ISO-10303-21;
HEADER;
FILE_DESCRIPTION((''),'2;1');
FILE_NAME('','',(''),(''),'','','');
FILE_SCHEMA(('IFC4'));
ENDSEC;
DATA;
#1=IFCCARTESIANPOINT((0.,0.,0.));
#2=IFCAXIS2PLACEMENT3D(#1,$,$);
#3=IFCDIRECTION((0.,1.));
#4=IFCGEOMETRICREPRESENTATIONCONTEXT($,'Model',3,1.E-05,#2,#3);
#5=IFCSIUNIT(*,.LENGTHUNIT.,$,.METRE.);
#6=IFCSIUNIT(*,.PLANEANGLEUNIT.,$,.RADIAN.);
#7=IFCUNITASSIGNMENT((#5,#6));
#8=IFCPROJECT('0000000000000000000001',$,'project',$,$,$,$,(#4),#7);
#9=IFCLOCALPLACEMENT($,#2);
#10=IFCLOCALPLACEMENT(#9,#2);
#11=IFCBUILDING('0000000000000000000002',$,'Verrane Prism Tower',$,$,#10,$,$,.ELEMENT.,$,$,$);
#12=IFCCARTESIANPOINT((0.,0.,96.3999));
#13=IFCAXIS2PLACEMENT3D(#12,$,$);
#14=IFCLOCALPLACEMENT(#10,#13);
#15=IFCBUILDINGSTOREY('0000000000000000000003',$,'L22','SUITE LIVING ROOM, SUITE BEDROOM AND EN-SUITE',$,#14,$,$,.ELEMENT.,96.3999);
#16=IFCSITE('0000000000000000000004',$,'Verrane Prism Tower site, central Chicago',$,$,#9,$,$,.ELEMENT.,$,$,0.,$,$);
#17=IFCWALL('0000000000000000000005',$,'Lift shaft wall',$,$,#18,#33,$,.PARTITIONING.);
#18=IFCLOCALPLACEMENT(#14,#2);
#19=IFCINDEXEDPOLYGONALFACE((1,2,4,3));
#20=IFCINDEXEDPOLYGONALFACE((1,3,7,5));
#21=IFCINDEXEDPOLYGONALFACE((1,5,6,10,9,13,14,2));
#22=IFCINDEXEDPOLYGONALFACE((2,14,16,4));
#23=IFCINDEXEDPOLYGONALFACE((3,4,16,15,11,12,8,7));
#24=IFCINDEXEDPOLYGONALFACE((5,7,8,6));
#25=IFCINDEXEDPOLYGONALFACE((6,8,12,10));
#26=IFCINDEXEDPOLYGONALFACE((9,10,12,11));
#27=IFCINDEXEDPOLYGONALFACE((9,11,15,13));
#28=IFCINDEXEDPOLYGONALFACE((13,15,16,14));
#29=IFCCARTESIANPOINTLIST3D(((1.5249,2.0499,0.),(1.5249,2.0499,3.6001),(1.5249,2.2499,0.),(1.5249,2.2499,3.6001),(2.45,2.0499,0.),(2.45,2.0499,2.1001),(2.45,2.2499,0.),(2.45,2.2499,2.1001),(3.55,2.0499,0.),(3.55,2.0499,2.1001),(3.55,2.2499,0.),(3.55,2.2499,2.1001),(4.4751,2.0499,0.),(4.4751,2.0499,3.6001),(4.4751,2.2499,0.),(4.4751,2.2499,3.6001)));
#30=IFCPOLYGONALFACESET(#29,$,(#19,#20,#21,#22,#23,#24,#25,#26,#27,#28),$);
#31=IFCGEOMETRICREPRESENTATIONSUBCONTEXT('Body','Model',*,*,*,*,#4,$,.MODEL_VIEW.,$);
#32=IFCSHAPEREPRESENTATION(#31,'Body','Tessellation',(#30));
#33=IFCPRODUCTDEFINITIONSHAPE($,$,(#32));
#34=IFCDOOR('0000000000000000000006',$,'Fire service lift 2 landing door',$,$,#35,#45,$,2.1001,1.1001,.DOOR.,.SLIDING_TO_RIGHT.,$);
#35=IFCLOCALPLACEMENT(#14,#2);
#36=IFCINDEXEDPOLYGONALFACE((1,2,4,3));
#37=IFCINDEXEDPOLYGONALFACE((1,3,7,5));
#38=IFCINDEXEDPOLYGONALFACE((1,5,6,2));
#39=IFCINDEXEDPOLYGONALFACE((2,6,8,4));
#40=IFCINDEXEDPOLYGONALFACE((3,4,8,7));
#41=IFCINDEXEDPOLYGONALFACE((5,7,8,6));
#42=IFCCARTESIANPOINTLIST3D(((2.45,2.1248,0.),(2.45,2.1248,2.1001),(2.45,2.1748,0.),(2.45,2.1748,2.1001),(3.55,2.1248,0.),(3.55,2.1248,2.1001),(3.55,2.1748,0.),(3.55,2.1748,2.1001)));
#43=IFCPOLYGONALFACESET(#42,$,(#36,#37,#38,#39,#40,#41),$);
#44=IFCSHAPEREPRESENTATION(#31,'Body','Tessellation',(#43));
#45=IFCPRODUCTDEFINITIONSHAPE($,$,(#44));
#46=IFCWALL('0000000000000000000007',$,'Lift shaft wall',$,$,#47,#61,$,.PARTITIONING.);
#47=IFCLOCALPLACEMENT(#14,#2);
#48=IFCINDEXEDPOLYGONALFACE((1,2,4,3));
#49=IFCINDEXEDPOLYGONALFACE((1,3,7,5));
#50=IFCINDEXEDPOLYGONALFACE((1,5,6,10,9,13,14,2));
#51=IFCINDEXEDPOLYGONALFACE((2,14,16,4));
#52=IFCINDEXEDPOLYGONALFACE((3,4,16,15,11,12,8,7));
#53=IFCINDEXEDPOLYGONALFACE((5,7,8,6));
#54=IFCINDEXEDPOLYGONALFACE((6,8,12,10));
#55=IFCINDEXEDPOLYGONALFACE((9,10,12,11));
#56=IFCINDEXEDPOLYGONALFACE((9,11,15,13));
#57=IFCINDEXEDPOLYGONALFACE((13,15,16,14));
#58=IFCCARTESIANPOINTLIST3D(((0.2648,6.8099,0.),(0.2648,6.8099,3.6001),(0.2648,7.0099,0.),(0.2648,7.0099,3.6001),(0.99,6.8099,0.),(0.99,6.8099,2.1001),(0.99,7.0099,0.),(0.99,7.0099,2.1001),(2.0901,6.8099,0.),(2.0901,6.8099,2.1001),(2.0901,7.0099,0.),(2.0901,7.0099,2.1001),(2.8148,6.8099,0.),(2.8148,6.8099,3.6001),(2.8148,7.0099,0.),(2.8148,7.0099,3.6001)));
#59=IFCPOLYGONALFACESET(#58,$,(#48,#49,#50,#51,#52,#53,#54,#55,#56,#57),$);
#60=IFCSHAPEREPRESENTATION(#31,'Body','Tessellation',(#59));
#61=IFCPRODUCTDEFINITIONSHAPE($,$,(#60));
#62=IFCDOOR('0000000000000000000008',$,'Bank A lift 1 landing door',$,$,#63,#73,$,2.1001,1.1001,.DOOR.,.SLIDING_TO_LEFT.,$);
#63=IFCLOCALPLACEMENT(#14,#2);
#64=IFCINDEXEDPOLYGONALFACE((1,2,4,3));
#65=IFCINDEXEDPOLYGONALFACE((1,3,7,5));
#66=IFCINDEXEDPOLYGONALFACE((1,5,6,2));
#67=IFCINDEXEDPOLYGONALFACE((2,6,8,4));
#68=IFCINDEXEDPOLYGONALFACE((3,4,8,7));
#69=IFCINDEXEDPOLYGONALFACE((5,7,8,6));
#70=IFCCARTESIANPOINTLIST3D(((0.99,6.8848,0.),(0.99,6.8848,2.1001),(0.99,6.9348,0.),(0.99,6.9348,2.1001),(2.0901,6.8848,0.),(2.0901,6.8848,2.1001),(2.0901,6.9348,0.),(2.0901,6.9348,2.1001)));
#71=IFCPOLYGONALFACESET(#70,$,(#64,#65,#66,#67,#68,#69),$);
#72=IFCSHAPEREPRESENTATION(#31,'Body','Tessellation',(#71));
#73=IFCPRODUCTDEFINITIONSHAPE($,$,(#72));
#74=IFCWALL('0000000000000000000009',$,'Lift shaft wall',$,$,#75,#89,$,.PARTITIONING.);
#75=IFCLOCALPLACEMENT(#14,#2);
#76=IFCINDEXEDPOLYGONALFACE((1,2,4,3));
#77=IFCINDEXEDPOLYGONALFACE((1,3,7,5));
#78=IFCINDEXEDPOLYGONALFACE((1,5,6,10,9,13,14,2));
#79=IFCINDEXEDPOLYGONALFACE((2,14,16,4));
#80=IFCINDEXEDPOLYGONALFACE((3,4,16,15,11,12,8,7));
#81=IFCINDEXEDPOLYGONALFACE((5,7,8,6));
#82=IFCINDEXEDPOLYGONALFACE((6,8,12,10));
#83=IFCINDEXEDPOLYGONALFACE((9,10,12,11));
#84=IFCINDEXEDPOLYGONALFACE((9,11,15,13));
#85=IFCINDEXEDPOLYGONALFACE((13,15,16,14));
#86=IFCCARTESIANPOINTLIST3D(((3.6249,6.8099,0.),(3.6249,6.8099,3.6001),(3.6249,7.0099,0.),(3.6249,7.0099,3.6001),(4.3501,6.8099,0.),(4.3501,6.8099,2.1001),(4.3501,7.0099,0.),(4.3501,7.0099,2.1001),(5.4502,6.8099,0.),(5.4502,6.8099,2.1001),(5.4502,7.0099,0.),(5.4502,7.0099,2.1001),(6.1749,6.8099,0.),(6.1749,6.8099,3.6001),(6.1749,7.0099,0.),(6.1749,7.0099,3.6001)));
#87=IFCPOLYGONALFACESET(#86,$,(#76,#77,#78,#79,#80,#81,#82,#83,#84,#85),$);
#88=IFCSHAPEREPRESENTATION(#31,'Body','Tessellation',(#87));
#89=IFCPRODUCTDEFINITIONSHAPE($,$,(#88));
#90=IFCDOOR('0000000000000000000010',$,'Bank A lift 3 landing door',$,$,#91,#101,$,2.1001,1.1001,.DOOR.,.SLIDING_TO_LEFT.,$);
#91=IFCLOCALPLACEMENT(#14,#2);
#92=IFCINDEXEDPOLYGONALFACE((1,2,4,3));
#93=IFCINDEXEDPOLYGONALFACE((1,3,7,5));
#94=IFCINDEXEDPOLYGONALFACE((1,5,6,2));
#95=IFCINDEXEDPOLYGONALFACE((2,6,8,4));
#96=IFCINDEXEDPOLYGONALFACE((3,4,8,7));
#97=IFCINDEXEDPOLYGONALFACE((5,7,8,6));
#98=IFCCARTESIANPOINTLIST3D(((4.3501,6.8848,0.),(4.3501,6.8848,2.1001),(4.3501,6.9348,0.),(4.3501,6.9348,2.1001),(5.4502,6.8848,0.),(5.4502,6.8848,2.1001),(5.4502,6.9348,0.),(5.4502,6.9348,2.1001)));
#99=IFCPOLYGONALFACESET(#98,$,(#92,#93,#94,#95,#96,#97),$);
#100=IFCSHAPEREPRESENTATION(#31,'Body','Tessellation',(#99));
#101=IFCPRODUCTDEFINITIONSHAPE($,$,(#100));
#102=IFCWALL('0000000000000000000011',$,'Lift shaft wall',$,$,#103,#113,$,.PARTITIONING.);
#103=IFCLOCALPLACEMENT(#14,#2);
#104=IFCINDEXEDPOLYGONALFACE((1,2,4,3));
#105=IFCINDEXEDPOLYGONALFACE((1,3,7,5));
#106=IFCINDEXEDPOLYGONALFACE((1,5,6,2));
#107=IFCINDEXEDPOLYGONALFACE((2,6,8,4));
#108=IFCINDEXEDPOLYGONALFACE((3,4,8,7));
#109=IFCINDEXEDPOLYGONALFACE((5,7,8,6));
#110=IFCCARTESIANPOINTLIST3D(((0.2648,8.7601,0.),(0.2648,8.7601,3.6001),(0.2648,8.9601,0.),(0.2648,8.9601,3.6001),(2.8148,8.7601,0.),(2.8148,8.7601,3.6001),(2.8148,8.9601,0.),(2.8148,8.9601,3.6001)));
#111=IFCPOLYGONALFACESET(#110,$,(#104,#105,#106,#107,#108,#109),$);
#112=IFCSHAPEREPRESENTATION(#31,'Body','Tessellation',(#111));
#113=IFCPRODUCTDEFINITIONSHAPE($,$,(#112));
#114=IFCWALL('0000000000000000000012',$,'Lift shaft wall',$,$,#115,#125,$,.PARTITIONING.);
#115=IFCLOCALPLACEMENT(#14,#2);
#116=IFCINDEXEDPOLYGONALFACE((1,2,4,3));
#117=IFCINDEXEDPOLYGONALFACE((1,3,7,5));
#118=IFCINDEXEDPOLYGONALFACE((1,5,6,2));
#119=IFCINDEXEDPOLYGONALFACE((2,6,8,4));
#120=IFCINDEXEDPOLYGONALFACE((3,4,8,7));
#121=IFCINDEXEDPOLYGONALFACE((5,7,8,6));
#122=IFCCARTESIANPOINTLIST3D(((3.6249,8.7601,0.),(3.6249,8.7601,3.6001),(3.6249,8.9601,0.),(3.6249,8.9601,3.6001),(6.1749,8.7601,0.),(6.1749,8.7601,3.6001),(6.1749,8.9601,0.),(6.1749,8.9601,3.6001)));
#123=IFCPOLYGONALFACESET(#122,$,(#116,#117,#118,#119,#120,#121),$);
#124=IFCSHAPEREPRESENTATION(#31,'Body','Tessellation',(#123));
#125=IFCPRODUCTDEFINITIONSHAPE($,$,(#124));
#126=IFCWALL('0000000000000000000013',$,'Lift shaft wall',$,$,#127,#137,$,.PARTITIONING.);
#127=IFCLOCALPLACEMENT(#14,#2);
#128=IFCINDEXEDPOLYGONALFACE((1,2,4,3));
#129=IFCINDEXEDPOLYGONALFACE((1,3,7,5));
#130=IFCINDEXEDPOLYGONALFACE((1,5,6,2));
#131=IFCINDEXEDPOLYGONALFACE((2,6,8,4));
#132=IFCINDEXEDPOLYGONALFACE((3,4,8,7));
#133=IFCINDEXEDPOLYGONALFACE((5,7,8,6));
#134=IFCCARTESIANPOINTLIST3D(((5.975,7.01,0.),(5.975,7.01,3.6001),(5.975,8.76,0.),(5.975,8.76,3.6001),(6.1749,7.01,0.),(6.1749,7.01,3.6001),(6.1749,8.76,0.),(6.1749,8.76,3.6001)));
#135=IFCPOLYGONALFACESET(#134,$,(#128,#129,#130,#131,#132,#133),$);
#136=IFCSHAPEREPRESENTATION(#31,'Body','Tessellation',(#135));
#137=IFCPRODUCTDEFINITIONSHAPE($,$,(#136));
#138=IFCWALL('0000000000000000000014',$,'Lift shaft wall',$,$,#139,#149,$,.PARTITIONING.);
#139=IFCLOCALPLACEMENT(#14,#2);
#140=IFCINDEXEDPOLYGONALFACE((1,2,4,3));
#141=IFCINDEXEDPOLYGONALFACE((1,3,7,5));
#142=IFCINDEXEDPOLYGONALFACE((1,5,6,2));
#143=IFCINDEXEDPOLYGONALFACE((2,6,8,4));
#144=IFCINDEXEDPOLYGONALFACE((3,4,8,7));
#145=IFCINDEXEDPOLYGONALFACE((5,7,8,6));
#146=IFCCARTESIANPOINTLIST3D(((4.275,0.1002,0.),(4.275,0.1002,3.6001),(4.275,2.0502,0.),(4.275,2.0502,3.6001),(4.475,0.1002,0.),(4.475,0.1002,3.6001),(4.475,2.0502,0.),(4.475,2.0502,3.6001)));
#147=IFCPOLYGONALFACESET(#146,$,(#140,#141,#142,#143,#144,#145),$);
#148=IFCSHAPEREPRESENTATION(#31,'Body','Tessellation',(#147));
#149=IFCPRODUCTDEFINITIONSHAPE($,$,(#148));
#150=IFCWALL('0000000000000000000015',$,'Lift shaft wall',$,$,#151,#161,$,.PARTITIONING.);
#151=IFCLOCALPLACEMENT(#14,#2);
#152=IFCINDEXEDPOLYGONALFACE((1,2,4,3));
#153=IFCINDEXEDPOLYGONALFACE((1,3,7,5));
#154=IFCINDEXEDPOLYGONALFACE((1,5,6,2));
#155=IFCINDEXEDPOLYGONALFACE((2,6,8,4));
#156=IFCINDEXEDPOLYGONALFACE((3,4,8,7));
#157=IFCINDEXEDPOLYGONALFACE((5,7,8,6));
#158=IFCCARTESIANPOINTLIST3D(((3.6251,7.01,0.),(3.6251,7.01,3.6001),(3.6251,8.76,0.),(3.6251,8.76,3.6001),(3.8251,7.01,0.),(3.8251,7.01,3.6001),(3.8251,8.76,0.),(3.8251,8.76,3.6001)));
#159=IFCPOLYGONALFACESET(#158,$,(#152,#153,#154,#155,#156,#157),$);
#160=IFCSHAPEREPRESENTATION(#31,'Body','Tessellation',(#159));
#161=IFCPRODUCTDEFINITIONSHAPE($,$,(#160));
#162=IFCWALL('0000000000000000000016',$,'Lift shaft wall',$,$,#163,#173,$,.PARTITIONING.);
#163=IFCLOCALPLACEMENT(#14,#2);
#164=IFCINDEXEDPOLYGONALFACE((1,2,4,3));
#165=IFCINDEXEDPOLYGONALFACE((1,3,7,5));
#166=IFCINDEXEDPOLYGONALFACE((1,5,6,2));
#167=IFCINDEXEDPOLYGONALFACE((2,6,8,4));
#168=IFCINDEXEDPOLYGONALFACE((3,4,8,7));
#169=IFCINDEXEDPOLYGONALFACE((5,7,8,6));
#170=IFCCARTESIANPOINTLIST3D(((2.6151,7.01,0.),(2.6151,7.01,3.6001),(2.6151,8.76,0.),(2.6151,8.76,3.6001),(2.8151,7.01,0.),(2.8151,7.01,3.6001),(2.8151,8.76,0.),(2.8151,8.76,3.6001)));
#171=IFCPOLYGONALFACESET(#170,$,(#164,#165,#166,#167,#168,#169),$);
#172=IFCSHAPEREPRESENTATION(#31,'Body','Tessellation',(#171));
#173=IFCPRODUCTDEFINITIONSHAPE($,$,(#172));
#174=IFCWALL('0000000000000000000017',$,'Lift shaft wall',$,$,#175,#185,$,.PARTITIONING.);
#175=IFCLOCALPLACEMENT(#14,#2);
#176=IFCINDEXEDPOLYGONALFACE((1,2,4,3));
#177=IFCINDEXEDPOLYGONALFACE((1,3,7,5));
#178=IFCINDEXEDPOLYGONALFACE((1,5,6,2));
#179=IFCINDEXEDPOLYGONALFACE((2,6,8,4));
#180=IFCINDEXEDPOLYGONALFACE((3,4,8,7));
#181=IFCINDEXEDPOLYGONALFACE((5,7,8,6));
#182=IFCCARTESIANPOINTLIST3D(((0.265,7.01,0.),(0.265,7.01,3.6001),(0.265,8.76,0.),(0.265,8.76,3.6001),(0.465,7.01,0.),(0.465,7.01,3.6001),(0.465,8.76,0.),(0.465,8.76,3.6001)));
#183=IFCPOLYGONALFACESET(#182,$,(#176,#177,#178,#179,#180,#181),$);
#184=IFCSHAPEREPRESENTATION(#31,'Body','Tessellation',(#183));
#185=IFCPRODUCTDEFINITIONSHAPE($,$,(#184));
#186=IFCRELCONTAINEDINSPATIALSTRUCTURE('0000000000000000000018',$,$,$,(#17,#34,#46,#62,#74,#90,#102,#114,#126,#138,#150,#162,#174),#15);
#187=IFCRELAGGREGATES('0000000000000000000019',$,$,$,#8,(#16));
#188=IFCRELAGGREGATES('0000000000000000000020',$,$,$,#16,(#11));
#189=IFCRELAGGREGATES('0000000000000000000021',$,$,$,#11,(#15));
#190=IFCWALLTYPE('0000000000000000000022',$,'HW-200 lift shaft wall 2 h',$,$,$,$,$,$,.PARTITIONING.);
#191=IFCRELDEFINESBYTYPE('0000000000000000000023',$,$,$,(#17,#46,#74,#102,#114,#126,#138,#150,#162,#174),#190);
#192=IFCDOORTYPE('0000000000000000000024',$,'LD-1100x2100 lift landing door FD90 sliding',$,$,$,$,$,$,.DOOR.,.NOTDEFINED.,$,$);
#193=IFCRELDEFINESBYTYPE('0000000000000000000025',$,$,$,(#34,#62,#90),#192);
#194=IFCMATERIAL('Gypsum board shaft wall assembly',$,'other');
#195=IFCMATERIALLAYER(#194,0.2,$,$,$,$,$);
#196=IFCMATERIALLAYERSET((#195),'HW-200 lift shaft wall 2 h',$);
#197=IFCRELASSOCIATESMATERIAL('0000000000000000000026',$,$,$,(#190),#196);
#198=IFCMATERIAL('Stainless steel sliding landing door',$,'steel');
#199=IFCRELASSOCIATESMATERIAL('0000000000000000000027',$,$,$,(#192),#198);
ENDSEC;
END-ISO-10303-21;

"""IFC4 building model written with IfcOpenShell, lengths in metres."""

from ifc_helpers import new_model, si_unit, direction, frame, frame_2d, origin, place, context, subcontext, project, spatial, rectangle, extrude, material, layer, layer_set, type_object, element, fill, save


model = new_model("IFC4")

# Units and contexts
model_context = context("Model", 3, precision=1e-05, world=origin(), true_north=direction((0.0, 1.0)))
body_context = subcontext(model_context, "Body", "Model", "MODEL_VIEW")
ifc_project = project(units=[si_unit("LENGTHUNIT", "METRE"), si_unit("PLANEANGLEUNIT", "RADIAN")], contexts=[model_context])

# Site, building, storey
site_placement = place(None, origin())
site = spatial("IfcSite", under=ifc_project, at=site_placement, Name="Verrane Prism Tower site, central Chicago", CompositionType="ELEMENT", RefElevation=0.0)
building_placement = place(site_placement, origin())
building = spatial("IfcBuilding", under=site, at=building_placement, Name="Verrane Prism Tower", CompositionType="ELEMENT")
storey_placement = place(building_placement, frame((0.0, 0.0, 96.3999)))
storey = spatial("IfcBuildingStorey", under=building, at=storey_placement, Name="L22", Description="SUITE LIVING ROOM, SUITE BEDROOM AND EN-SUITE", CompositionType="ELEMENT", Elevation=96.3999)

# Walls, openings, doors
ifc_material_1 = material(Name="Gypsum board shaft wall assembly", Category="other")
ifc_layer_1 = layer(ifc_material_1, 0.2)
ifc_layer_set_1 = layer_set([ifc_layer_1], Name="HW-200 lift shaft wall 2 h")
wall_type_1 = type_object("IfcWallType", Name="HW-200 lift shaft wall 2 h", PredefinedType="PARTITIONING", material=ifc_layer_set_1)
wall_1_placement = place(storey_placement, frame((1.5249, 2.1499, 0.0), z_axis=(0.0, 0.0, 1.0), x_axis=(1.0, 0.0, 0.0)))
wall_1 = element("IfcWall", 1, at=wall_1_placement, inside=storey, type_object=wall_type_1, Name="Lift shaft wall", PredefinedType="PARTITIONING", context=body_context, shape_type="SweptSolid", body=[
    extrude(rectangle(XDim=2.9502, YDim=0.2, at=frame_2d((1.4751, 0.0))), origin(), (0.0, 0.0, 1.0), 3.6001),
])
opening_1_placement = place(wall_1_placement, frame((0.925, 0.0, 0.0)))
opening_1 = element("IfcOpeningElement", 2, at=opening_1_placement, cuts=wall_1, PredefinedType="OPENING", context=body_context, shape_type="SweptSolid", body=[
    extrude(rectangle(XDim=1.1001, YDim=2.1001, at=frame_2d((0.55, 1.05))), frame((0.0, 0.1099, 0.0), z_axis=(0.0, -1.0, 0.0), x_axis=(1.0, 0.0, 0.0)), (0.0, 0.0, 1.0), 0.22),
])
ifc_material_2 = material(Name="Stainless steel sliding landing door", Category="steel")
door_type_1 = type_object("IfcDoorType", Name="LD-1100x2100 lift landing door FD90 sliding", OperationType="NOTDEFINED", PredefinedType="DOOR", material=ifc_material_2)
door_1_placement = place(opening_1_placement, origin())
door_1 = element("IfcDoor", 3, at=door_1_placement, inside=storey, type_object=door_type_1, Name="Fire service lift 2 landing door", OperationType="SLIDING_TO_RIGHT", OverallHeight=2.1001, OverallWidth=1.1001, PredefinedType="DOOR", context=body_context, shape_type="SweptSolid", body=[
    extrude(rectangle(XDim=1.1001, YDim=2.1001, at=frame_2d((0.55, 1.05))), frame((0.0, 0.0249, 0.0), z_axis=(0.0, -1.0, 0.0), x_axis=(1.0, 0.0, 0.0)), (0.0, 0.0, 1.0), 0.05),
])
fill(opening_1, door_1)
wall_2_placement = place(storey_placement, frame((0.2649, 6.9099, 0.0), z_axis=(0.0, 0.0, 1.0), x_axis=(1.0, 0.0, 0.0)))
wall_2 = element("IfcWall", 4, at=wall_2_placement, inside=storey, type_object=wall_type_1, Name="Lift shaft wall", PredefinedType="PARTITIONING", context=body_context, shape_type="SweptSolid", body=[
    extrude(rectangle(XDim=2.55, YDim=0.2, at=frame_2d((1.2749, 0.0))), origin(), (0.0, 0.0, 1.0), 3.6001),
])
opening_2_placement = place(wall_2_placement, frame((0.7251, 0.0, 0.0)))
opening_2 = element("IfcOpeningElement", 5, at=opening_2_placement, cuts=wall_2, PredefinedType="OPENING", context=body_context, shape_type="SweptSolid", body=[
    extrude(rectangle(XDim=1.1001, YDim=2.1001, at=frame_2d((0.55, 1.05))), frame((0.0, 0.1099, 0.0), z_axis=(0.0, -1.0, 0.0), x_axis=(1.0, 0.0, 0.0)), (0.0, 0.0, 1.0), 0.22),
])
door_2_placement = place(opening_2_placement, origin())
door_2 = element("IfcDoor", 6, at=door_2_placement, inside=storey, type_object=door_type_1, Name="Bank A lift 1 landing door", OperationType="SLIDING_TO_LEFT", OverallHeight=2.1001, OverallWidth=1.1001, PredefinedType="DOOR", context=body_context, shape_type="SweptSolid", body=[
    extrude(rectangle(XDim=1.1001, YDim=2.1001, at=frame_2d((0.55, 1.05))), frame((0.0, 0.0249, 0.0), z_axis=(0.0, -1.0, 0.0), x_axis=(1.0, 0.0, 0.0)), (0.0, 0.0, 1.0), 0.05),
])
fill(opening_2, door_2)
wall_3_placement = place(storey_placement, frame((3.625, 6.9099, 0.0), z_axis=(0.0, 0.0, 1.0), x_axis=(1.0, 0.0, 0.0)))
wall_3 = element("IfcWall", 7, at=wall_3_placement, inside=storey, type_object=wall_type_1, Name="Lift shaft wall", PredefinedType="PARTITIONING", context=body_context, shape_type="SweptSolid", body=[
    extrude(rectangle(XDim=2.55, YDim=0.2, at=frame_2d((1.2749, 0.0))), origin(), (0.0, 0.0, 1.0), 3.6001),
])
opening_3_placement = place(wall_3_placement, frame((0.7251, 0.0, 0.0)))
opening_3 = element("IfcOpeningElement", 8, at=opening_3_placement, cuts=wall_3, PredefinedType="OPENING", context=body_context, shape_type="SweptSolid", body=[
    extrude(rectangle(XDim=1.1001, YDim=2.1001, at=frame_2d((0.55, 1.05))), frame((0.0, 0.1099, 0.0), z_axis=(0.0, -1.0, 0.0), x_axis=(1.0, 0.0, 0.0)), (0.0, 0.0, 1.0), 0.22),
])
door_3_placement = place(opening_3_placement, origin())
door_3 = element("IfcDoor", 9, at=door_3_placement, inside=storey, type_object=door_type_1, Name="Bank A lift 3 landing door", OperationType="SLIDING_TO_LEFT", OverallHeight=2.1001, OverallWidth=1.1001, PredefinedType="DOOR", context=body_context, shape_type="SweptSolid", body=[
    extrude(rectangle(XDim=1.1001, YDim=2.1001, at=frame_2d((0.55, 1.05))), frame((0.0, 0.0249, 0.0), z_axis=(0.0, -1.0, 0.0), x_axis=(1.0, 0.0, 0.0)), (0.0, 0.0, 1.0), 0.05),
])
fill(opening_3, door_3)

# Walls
for number, where, z_axis, x_axis, name in (
    (10, (0.2649, 8.8601, 0.0), (0.0, 0.0, 1.0), (1.0, 0.0, 0.0), "Lift shaft wall"),
    (11, (3.625, 8.8601, 0.0), (0.0, 0.0, 1.0), (1.0, 0.0, 0.0), "Lift shaft wall"),
):
    element("IfcWall", number, at=place(storey_placement, frame(where, z_axis=z_axis, x_axis=x_axis)), inside=storey, type_object=wall_type_1, Name=name, PredefinedType="PARTITIONING", context=body_context, shape_type="SweptSolid", body=[
        extrude(rectangle(XDim=2.55, YDim=0.2, at=frame_2d((1.2749, 0.0))), origin(), (0.0, 0.0, 1.0), 3.6001),
    ])
wall_4_placement = place(storey_placement, frame((6.075, 7.01, 0.0), z_axis=(0.0, 0.0, 1.0), x_axis=(0.0, 1.0, 0.0)))
element("IfcWall", 12, at=wall_4_placement, inside=storey, type_object=wall_type_1, Name="Lift shaft wall", PredefinedType="PARTITIONING", context=body_context, shape_type="SweptSolid", body=[
    extrude(rectangle(XDim=1.75, YDim=0.2, at=frame_2d((0.875, 0.0))), origin(), (0.0, 0.0, 1.0), 3.6001),
])
wall_5_placement = place(storey_placement, frame((4.375, 0.1001, 0.0), z_axis=(0.0, 0.0, 1.0), x_axis=(0.0, 1.0, 0.0)))
element("IfcWall", 13, at=wall_5_placement, inside=storey, type_object=wall_type_1, Name="Lift shaft wall", PredefinedType="PARTITIONING", context=body_context, shape_type="SweptSolid", body=[
    extrude(rectangle(XDim=1.95, YDim=0.2, at=frame_2d((0.9751, 0.0))), origin(), (0.0, 0.0, 1.0), 3.6001),
])
for number, where, z_axis, x_axis, name in (
    (14, (3.7251, 7.01, 0.0), (0.0, 0.0, 1.0), (0.0, 1.0, 0.0), "Lift shaft wall"),
    (15, (2.7151, 7.01, 0.0), (0.0, 0.0, 1.0), (0.0, 1.0, 0.0), "Lift shaft wall"),
    (16, (0.365, 7.01, 0.0), (0.0, 0.0, 1.0), (0.0, 1.0, 0.0), "Lift shaft wall"),
):
    element("IfcWall", number, at=place(storey_placement, frame(where, z_axis=z_axis, x_axis=x_axis)), inside=storey, type_object=wall_type_1, Name=name, PredefinedType="PARTITIONING", context=body_context, shape_type="SweptSolid", body=[
        extrude(rectangle(XDim=1.75, YDim=0.2, at=frame_2d((0.875, 0.0))), origin(), (0.0, 0.0, 1.0), 3.6001),
    ])

save(model, "model.ifc")
